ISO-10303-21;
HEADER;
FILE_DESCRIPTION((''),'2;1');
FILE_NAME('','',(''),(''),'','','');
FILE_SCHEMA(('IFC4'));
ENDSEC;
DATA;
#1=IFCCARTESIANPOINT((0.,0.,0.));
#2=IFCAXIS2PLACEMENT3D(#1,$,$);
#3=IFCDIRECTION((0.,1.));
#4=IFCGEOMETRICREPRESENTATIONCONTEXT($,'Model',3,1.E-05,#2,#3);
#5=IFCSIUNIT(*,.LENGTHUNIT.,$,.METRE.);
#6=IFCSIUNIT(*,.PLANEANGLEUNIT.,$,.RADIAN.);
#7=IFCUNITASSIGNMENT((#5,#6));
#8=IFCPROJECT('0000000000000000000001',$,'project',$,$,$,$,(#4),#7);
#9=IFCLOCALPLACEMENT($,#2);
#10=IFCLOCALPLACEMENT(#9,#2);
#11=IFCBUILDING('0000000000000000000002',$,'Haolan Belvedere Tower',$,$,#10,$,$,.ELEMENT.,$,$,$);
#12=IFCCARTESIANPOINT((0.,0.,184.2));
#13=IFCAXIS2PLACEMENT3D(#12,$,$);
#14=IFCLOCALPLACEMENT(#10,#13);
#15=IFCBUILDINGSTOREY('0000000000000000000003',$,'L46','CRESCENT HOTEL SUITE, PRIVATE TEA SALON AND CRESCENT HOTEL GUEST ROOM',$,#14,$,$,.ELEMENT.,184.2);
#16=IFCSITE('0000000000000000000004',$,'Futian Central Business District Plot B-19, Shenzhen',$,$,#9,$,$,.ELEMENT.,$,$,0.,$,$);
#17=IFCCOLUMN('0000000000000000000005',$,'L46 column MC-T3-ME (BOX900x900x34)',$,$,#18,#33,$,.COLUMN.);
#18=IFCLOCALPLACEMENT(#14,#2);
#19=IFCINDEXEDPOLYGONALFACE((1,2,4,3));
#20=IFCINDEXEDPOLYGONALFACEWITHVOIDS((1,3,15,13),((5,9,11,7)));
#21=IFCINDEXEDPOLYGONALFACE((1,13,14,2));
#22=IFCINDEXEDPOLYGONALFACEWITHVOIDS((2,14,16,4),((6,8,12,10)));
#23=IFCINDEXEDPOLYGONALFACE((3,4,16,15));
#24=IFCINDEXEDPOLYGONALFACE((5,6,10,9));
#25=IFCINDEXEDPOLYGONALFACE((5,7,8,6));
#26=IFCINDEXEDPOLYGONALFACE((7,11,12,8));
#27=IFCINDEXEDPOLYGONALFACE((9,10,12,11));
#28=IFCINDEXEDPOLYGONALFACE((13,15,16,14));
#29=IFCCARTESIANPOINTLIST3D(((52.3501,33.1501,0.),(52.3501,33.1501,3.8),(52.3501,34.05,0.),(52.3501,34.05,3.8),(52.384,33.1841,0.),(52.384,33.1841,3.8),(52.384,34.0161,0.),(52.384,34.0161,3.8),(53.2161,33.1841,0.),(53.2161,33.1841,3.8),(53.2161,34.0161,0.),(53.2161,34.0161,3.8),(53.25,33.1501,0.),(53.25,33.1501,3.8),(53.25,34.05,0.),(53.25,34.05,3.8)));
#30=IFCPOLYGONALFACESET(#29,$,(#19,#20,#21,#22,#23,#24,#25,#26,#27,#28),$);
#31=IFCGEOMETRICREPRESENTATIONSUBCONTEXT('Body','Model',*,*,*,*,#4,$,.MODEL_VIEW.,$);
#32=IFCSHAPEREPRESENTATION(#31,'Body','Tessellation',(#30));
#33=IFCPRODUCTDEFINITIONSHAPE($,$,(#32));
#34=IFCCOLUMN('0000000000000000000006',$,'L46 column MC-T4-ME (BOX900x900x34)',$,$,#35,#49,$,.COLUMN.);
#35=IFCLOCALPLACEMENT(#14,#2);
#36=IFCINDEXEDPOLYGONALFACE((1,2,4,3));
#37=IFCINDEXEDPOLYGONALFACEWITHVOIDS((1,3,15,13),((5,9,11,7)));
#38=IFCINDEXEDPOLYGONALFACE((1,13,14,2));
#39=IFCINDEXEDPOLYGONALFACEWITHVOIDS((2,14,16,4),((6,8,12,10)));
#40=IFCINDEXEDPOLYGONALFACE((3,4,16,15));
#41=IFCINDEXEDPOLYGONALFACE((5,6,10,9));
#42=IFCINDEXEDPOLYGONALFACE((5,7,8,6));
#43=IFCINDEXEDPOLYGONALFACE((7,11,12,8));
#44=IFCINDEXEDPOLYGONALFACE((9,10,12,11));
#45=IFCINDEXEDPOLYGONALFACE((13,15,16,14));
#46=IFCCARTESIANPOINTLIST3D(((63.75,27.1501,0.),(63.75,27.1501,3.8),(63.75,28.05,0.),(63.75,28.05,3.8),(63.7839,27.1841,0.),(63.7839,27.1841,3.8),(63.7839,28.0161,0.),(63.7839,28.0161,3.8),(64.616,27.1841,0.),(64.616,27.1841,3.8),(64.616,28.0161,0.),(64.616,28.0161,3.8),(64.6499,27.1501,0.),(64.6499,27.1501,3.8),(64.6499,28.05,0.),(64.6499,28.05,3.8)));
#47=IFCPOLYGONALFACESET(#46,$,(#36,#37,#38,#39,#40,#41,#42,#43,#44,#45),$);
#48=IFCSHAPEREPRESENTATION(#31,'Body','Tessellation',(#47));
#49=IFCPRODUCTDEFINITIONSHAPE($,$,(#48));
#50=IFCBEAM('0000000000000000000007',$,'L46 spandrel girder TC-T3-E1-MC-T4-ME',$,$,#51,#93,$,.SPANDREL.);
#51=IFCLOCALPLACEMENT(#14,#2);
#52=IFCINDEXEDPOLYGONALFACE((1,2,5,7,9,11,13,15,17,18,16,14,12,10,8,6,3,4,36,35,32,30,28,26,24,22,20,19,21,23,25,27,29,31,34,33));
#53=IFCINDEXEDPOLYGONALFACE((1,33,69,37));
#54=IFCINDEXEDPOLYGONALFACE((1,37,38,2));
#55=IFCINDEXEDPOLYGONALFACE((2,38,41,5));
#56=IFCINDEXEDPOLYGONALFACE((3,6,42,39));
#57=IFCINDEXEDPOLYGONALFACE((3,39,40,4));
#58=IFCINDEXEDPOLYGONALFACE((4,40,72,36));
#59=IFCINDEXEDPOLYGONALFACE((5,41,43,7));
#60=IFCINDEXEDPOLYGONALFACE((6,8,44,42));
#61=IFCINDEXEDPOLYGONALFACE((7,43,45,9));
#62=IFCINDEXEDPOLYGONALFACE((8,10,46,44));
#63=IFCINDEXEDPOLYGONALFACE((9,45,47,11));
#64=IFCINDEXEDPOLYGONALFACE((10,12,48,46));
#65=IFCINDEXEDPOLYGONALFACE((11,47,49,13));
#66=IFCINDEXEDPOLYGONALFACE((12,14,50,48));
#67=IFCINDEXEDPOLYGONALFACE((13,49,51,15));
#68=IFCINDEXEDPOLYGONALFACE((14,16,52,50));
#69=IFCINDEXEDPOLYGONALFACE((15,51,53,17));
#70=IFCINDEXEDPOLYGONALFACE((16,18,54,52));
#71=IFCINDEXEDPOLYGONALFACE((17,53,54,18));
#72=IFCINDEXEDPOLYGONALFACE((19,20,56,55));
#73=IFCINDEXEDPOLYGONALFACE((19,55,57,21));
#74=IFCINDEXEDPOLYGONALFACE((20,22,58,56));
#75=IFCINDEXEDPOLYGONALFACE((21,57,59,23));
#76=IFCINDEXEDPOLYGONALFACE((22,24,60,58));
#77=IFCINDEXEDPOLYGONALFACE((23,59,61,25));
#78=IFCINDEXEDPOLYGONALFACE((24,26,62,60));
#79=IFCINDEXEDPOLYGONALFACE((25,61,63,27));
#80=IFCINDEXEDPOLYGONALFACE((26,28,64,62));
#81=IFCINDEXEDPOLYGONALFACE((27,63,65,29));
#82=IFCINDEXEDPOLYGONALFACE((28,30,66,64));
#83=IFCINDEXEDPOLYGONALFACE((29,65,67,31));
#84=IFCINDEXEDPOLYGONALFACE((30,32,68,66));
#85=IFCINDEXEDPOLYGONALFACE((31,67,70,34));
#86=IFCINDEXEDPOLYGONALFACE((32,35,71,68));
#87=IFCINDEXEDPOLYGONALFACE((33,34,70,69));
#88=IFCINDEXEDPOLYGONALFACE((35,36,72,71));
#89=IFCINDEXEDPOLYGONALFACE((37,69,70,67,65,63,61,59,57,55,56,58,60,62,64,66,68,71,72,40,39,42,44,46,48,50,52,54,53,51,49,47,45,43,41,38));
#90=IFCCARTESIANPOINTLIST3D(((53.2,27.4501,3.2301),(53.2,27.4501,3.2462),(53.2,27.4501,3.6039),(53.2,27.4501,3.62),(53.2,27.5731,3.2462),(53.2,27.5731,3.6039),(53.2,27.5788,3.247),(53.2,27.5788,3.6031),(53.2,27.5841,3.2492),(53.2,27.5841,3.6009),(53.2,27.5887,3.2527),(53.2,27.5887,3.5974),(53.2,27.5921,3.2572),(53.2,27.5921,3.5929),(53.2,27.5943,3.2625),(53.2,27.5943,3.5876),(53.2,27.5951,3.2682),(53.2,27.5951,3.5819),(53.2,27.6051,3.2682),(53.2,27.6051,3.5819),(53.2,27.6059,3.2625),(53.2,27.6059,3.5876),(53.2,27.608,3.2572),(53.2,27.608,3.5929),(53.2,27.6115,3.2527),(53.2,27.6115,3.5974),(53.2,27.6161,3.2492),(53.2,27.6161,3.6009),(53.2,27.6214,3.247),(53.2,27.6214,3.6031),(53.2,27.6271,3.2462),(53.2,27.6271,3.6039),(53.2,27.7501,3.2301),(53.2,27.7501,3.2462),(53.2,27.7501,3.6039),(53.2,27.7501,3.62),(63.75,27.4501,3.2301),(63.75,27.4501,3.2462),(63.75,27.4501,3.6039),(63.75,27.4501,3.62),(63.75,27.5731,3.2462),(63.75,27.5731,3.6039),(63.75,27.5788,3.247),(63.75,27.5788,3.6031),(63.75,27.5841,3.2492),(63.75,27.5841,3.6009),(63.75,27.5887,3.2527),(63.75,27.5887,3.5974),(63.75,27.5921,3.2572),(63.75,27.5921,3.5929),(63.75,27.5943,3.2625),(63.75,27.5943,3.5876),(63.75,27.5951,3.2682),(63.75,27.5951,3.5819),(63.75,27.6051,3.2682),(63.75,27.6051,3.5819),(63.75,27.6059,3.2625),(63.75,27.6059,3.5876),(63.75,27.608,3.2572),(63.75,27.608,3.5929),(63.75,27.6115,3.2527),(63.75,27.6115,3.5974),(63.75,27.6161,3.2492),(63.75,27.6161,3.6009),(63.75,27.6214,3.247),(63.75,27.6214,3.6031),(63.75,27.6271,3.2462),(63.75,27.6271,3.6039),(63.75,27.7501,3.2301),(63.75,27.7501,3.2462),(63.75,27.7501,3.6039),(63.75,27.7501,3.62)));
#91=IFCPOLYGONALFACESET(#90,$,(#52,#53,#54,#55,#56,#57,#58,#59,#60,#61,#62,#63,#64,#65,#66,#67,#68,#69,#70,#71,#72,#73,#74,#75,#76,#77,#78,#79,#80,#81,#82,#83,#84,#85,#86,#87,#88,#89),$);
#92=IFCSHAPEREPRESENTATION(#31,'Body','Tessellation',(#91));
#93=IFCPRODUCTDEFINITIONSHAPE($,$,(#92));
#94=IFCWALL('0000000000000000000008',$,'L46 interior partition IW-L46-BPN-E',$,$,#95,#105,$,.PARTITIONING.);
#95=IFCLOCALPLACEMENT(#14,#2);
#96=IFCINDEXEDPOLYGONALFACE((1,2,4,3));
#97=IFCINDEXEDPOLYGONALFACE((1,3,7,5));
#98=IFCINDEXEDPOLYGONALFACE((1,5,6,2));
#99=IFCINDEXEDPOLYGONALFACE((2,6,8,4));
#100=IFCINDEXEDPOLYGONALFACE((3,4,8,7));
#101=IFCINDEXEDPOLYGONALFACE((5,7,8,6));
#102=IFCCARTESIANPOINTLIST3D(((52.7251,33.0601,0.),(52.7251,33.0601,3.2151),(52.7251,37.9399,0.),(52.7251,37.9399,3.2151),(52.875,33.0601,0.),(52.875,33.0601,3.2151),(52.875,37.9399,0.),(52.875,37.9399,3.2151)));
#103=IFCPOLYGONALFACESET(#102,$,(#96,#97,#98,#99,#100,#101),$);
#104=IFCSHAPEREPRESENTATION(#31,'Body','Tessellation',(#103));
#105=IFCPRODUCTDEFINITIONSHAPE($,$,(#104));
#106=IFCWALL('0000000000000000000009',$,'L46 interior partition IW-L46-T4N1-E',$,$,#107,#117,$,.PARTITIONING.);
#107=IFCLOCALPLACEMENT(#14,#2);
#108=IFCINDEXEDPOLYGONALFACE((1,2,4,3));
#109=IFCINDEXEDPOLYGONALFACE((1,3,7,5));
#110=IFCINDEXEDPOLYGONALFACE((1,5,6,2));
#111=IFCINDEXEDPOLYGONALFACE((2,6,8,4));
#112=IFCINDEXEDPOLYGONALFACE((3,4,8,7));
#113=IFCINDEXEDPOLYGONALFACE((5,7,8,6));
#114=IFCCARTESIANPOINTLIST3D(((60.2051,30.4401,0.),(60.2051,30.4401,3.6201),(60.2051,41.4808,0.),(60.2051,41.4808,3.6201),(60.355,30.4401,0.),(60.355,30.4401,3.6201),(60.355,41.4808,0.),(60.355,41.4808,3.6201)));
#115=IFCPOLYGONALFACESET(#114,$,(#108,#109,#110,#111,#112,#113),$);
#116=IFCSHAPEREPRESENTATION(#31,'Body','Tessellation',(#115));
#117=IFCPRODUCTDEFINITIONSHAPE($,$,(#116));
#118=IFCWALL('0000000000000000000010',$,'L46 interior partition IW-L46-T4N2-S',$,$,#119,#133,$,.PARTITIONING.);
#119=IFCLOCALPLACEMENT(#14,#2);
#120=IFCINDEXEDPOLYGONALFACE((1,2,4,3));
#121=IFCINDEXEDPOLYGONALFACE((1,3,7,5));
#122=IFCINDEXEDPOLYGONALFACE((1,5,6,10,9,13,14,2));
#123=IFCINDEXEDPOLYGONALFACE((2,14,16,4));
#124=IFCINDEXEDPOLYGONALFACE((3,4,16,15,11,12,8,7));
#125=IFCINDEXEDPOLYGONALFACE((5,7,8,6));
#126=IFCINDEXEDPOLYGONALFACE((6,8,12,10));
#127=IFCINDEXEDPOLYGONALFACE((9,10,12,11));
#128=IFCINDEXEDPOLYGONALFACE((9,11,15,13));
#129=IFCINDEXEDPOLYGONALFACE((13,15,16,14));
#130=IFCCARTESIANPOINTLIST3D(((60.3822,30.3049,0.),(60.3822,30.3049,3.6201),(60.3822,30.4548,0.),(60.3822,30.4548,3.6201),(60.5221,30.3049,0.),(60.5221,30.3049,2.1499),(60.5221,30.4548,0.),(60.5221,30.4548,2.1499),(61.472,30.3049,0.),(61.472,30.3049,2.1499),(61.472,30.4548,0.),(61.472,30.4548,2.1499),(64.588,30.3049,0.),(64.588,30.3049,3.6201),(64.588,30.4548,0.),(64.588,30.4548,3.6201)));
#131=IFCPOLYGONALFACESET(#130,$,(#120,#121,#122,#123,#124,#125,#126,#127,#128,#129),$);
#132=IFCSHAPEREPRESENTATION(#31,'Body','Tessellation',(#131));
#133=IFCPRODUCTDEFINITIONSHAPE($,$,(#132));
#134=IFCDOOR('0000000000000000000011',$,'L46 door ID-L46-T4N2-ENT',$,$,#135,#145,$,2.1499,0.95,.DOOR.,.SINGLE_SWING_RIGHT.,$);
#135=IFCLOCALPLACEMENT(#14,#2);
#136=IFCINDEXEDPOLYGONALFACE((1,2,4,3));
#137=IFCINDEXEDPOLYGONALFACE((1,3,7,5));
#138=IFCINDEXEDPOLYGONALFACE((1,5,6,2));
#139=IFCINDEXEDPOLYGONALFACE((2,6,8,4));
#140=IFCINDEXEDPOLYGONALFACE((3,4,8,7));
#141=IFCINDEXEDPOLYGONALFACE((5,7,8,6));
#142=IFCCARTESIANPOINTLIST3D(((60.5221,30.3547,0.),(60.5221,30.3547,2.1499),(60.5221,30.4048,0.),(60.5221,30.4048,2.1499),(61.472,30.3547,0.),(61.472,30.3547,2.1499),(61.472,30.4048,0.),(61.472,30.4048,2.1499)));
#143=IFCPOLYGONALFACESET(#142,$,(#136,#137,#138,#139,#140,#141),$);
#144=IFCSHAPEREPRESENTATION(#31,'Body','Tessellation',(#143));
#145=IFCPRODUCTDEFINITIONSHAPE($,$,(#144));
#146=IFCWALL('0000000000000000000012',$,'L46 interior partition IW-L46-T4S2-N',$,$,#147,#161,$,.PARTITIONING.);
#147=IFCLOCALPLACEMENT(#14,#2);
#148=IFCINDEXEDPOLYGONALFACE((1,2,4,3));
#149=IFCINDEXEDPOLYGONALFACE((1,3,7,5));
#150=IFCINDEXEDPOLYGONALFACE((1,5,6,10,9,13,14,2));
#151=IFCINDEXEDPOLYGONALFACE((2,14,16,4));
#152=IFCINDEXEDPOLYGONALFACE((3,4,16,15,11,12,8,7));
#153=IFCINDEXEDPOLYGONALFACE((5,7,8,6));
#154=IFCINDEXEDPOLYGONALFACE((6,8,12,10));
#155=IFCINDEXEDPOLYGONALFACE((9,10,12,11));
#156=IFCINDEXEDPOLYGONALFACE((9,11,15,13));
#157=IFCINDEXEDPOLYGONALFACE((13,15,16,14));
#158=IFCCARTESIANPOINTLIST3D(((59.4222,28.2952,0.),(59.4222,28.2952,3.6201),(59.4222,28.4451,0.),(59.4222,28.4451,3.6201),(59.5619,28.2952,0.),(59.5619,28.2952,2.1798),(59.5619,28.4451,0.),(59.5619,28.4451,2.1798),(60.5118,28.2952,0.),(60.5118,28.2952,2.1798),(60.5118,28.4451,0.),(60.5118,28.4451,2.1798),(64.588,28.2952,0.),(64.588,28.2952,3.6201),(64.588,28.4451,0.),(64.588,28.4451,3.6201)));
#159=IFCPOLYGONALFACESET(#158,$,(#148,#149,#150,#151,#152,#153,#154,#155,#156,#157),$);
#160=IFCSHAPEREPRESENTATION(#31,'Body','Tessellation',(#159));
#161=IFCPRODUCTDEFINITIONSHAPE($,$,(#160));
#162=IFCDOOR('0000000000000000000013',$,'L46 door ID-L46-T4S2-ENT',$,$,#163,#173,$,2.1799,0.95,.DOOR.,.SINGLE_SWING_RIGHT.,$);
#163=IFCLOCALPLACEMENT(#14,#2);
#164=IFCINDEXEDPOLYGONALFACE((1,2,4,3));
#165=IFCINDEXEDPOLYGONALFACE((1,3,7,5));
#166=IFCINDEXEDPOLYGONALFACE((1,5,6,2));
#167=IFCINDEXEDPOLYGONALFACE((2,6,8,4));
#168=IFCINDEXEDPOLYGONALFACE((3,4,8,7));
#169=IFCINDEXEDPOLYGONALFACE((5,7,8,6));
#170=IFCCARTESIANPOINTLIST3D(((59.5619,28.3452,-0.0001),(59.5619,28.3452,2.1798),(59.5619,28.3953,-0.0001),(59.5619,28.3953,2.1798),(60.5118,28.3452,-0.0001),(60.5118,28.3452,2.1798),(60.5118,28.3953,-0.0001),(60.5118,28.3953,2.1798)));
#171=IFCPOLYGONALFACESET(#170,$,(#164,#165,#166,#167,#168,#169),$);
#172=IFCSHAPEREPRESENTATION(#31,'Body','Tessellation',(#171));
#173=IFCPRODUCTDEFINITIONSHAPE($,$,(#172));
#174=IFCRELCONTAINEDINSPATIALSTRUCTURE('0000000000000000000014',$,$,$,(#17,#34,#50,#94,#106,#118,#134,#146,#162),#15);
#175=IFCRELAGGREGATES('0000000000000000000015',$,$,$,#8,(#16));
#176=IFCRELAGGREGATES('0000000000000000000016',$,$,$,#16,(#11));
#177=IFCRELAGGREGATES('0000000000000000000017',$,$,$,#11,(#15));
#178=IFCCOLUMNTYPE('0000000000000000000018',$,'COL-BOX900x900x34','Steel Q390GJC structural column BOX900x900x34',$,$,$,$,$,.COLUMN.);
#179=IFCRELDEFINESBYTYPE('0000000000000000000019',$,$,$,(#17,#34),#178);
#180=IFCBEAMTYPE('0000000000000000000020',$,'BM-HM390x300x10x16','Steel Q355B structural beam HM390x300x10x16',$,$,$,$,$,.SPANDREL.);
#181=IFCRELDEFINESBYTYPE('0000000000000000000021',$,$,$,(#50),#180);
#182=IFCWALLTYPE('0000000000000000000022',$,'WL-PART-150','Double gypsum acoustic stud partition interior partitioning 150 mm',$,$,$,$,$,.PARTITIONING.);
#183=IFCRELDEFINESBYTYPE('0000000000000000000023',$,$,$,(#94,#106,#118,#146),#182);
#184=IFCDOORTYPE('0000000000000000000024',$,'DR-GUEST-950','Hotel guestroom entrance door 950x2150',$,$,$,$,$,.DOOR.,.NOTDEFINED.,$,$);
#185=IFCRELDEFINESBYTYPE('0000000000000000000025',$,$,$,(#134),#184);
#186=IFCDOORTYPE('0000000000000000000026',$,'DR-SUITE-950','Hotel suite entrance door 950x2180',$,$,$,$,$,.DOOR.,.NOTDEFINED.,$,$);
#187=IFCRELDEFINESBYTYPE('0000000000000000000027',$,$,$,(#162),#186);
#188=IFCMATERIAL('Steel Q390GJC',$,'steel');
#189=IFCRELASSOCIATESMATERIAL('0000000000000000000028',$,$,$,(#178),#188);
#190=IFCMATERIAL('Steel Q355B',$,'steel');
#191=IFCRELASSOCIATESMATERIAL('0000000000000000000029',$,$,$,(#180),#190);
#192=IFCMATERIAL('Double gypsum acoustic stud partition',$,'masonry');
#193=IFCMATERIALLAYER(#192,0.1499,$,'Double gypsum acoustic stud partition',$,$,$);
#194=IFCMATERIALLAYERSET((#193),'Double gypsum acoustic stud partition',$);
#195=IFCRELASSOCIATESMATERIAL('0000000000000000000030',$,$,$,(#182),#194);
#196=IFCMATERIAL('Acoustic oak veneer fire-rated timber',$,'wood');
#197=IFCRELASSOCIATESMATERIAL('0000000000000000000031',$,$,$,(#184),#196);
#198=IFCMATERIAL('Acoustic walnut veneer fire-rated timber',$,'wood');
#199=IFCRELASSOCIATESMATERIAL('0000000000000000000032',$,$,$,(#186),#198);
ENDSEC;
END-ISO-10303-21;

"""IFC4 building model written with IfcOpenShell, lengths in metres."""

from ifc_helpers import new_model, si_unit, direction, frame, frame_2d, origin, origin_2d, place, context, subcontext, project, spatial, rectangle, hollow_rectangle, i_section, extrude, material, layer, layer_set, material_profile, profile_set, type_object, element, fill, save


model = new_model("IFC4")

# Units and contexts
model_context = context("Model", 3, precision=1e-05, world=origin(), true_north=direction((0.0, 1.0)))
body_context = subcontext(model_context, "Body", "Model", "MODEL_VIEW")
ifc_project = project(units=[si_unit("LENGTHUNIT", "METRE"), si_unit("PLANEANGLEUNIT", "RADIAN")], contexts=[model_context])

# Site, building, storey
site_placement = place(None, origin())
site = spatial("IfcSite", under=ifc_project, at=site_placement, Name="Futian Central Business District Plot B-19, Shenzhen", CompositionType="ELEMENT", RefElevation=0.0)
building_placement = place(site_placement, origin())
building = spatial("IfcBuilding", under=site, at=building_placement, Name="Haolan Belvedere Tower", CompositionType="ELEMENT")
storey_placement = place(building_placement, frame((0.0, 0.0, 184.2)))
storey = spatial("IfcBuildingStorey", under=building, at=storey_placement, Name="L46", Description="CRESCENT HOTEL SUITE, PRIVATE TEA SALON AND CRESCENT HOTEL GUEST ROOM", CompositionType="ELEMENT", Elevation=184.2)

# Columns
ifc_material_1 = material(Name="Steel Q390GJC", Category="steel")
ifc_material_profile_1 = material_profile(ifc_material_1, hollow_rectangle(XDim=0.8999, YDim=0.8999, WallThickness=0.0339, at=origin_2d()), Name="Steel Q390GJC")
ifc_profile_set_1 = profile_set([ifc_material_profile_1], Name="Steel Q390GJC")
column_type = type_object("IfcColumnType", Name="COL-BOX900x900x34", Description="Steel Q390GJC structural column BOX900x900x34", PredefinedType="COLUMN", material=ifc_profile_set_1)
for number, where, z_axis, x_axis, name in (
    (1, (52.8, 33.6001, 0.0), (0.0, 0.0, 1.0), (1.0, 0.0, 0.0), "L46 column MC-T3-ME (BOX900x900x34)"),
    (2, (64.2, 27.6001, 0.0), (0.0, 0.0, 1.0), (1.0, 0.0, 0.0), "L46 column MC-T4-ME (BOX900x900x34)"),
):
    element("IfcColumn", number, at=place(storey_placement, frame(where, z_axis=z_axis, x_axis=x_axis)), inside=storey, type_object=column_type, Name=name, PredefinedType="COLUMN", context=body_context, shape_type="SweptSolid", body=[
        extrude(hollow_rectangle(XDim=0.8999, YDim=0.8999, WallThickness=0.0339, at=origin_2d()), origin(), (0.0, 0.0, 1.0), 3.8),
    ])

# Beam
ifc_material_2 = material(Name="Steel Q355B", Category="steel")
ifc_material_profile_2 = material_profile(ifc_material_2, i_section(OverallWidth=0.3, OverallDepth=0.3899, WebThickness=0.01, FlangeThickness=0.0161, FilletRadius=0.022, at=origin_2d()), Name="Steel Q355B")
ifc_profile_set_2 = profile_set([ifc_material_profile_2], Name="Steel Q355B")
beam_type = type_object("IfcBeamType", Name="BM-HM390x300x10x16", Description="Steel Q355B structural beam HM390x300x10x16", PredefinedType="SPANDREL", material=ifc_profile_set_2)
beam_placement = place(storey_placement, frame((53.2, 27.6001, 3.425), z_axis=(1.0, 0.0, 0.0), x_axis=(0.0, 1.0, 0.0)))
element("IfcBeam", 3, at=beam_placement, inside=storey, type_object=beam_type, Name="L46 spandrel girder TC-T3-E1-MC-T4-ME", PredefinedType="SPANDREL", context=body_context, shape_type="SweptSolid", body=[
    extrude(i_section(OverallWidth=0.3, OverallDepth=0.3899, WebThickness=0.01, FlangeThickness=0.0161, FilletRadius=0.022, at=origin_2d()), origin(), (0.0, 0.0, 1.0), 10.55),
])

# Walls
ifc_material_3 = material(Name="Double gypsum acoustic stud partition", Category="masonry")
ifc_layer_1 = layer(ifc_material_3, 0.1499, Name="Double gypsum acoustic stud partition")
ifc_layer_set_1 = layer_set([ifc_layer_1], Name="Double gypsum acoustic stud partition")
wall_type_1 = type_object("IfcWallType", Name="WL-PART-150", Description="Double gypsum acoustic stud partition interior partitioning 150 mm", PredefinedType="PARTITIONING", material=ifc_layer_set_1)
wall_1_placement = place(storey_placement, frame((52.8, 33.0601, 0.0), z_axis=(0.0, 0.0, 1.0), x_axis=(0.0, 1.0, 0.0)))
element("IfcWall", 4, at=wall_1_placement, inside=storey, type_object=wall_type_1, Name="L46 interior partition IW-L46-BPN-E", PredefinedType="PARTITIONING", context=body_context, shape_type="SweptSolid", body=[
    extrude(rectangle(XDim=4.8799, YDim=0.1499, at=frame_2d((2.4399, 0.0))), origin(), (0.0, 0.0, 1.0), 3.2151),
])
wall_2_placement = place(storey_placement, frame((60.28, 30.4399, 0.0), z_axis=(0.0, 0.0, 1.0), x_axis=(0.0, 1.0, 0.0)))
element("IfcWall", 5, at=wall_2_placement, inside=storey, type_object=wall_type_1, Name="L46 interior partition IW-L46-T4N1-E", PredefinedType="PARTITIONING", context=body_context, shape_type="SweptSolid", body=[
    extrude(rectangle(XDim=11.0408, YDim=0.1499, at=frame_2d((5.5205, 0.0))), origin(), (0.0, 0.0, 1.0), 3.6201),
])

# Walls, openings, doors
wall_3_placement = place(storey_placement, frame((60.3821, 30.3799, 0.0), z_axis=(0.0, 0.0, 1.0), x_axis=(1.0, 0.0, 0.0)))
wall_3 = element("IfcWall", 6, at=wall_3_placement, inside=storey, type_object=wall_type_1, Name="L46 interior partition IW-L46-T4N2-S", PredefinedType="PARTITIONING", context=body_context, shape_type="SweptSolid", body=[
    extrude(rectangle(XDim=4.2058, YDim=0.1499, at=frame_2d((2.103, 0.0))), origin(), (0.0, 0.0, 1.0), 3.6201),
])
opening_1_placement = place(wall_3_placement, frame((0.1399, 0.0, 0.0)))
opening_1 = element("IfcOpeningElement", 7, at=opening_1_placement, cuts=wall_3, PredefinedType="OPENING", context=body_context, shape_type="SweptSolid", body=[
    extrude(rectangle(XDim=0.95, YDim=2.1499, at=frame_2d((0.4751, 1.075))), frame((0.0, 0.085, 0.0), z_axis=(0.0, -1.0, 0.0), x_axis=(1.0, 0.0, 0.0)), (0.0, 0.0, 1.0), 0.1699),
])
ifc_material_4 = material(Name="Acoustic oak veneer fire-rated timber", Category="wood")
door_type_1 = type_object("IfcDoorType", Name="DR-GUEST-950", Description="Hotel guestroom entrance door 950x2150", OperationType="NOTDEFINED", PredefinedType="DOOR", material=ifc_material_4)
door_1_placement = place(opening_1_placement, origin())
door_1 = element("IfcDoor", 8, at=door_1_placement, inside=storey, type_object=door_type_1, Name="L46 door ID-L46-T4N2-ENT", OperationType="SINGLE_SWING_RIGHT", OverallHeight=2.1499, OverallWidth=0.95, PredefinedType="DOOR", context=body_context, shape_type="SweptSolid", body=[
    extrude(rectangle(XDim=0.95, YDim=2.1499, at=frame_2d((0.4751, 1.075))), frame((0.0, 0.0249, 0.0), z_axis=(0.0, -1.0, 0.0), x_axis=(1.0, 0.0, 0.0)), (0.0, 0.0, 1.0), 0.05),
])
fill(opening_1, door_1)
wall_4_placement = place(storey_placement, frame((59.4221, 28.3701, 0.0), z_axis=(0.0, 0.0, 1.0), x_axis=(1.0, 0.0, 0.0)))
wall_4 = element("IfcWall", 9, at=wall_4_placement, inside=storey, type_object=wall_type_1, Name="L46 interior partition IW-L46-T4S2-N", PredefinedType="PARTITIONING", context=body_context, shape_type="SweptSolid", body=[
    extrude(rectangle(XDim=5.1658, YDim=0.1499, at=frame_2d((2.583, 0.0))), origin(), (0.0, 0.0, 1.0), 3.6201),
])
opening_2_placement = place(wall_4_placement, frame((1.0898, 0.0, 0.0), z_axis=(0.0, 0.0, 1.0), x_axis=(-1.0, 0.0, 0.0)))
opening_2 = element("IfcOpeningElement", 10, at=opening_2_placement, cuts=wall_4, PredefinedType="OPENING", context=body_context, shape_type="SweptSolid", body=[
    extrude(rectangle(XDim=0.95, YDim=2.1799, at=frame_2d((0.4751, 1.0898))), frame((0.0, 0.085, 0.0), z_axis=(0.0, -1.0, 0.0), x_axis=(1.0, 0.0, 0.0)), (0.0, 0.0, 1.0), 0.1699),
])
ifc_material_5 = material(Name="Acoustic walnut veneer fire-rated timber", Category="wood")
door_type_2 = type_object("IfcDoorType", Name="DR-SUITE-950", Description="Hotel suite entrance door 950x2180", OperationType="NOTDEFINED", PredefinedType="DOOR", material=ifc_material_5)
door_2_placement = place(opening_2_placement, origin())
door_2 = element("IfcDoor", 11, at=door_2_placement, inside=storey, type_object=door_type_2, Name="L46 door ID-L46-T4S2-ENT", OperationType="SINGLE_SWING_RIGHT", OverallHeight=2.1799, OverallWidth=0.95, PredefinedType="DOOR", context=body_context, shape_type="SweptSolid", body=[
    extrude(rectangle(XDim=0.95, YDim=2.1799, at=frame_2d((0.4751, 1.0898))), frame((0.0, 0.0249, 0.0), z_axis=(0.0, -1.0, 0.0), x_axis=(1.0, 0.0, 0.0)), (0.0, 0.0, 1.0), 0.05),
])
fill(opening_2, door_2)

save(model, "model.ifc")
